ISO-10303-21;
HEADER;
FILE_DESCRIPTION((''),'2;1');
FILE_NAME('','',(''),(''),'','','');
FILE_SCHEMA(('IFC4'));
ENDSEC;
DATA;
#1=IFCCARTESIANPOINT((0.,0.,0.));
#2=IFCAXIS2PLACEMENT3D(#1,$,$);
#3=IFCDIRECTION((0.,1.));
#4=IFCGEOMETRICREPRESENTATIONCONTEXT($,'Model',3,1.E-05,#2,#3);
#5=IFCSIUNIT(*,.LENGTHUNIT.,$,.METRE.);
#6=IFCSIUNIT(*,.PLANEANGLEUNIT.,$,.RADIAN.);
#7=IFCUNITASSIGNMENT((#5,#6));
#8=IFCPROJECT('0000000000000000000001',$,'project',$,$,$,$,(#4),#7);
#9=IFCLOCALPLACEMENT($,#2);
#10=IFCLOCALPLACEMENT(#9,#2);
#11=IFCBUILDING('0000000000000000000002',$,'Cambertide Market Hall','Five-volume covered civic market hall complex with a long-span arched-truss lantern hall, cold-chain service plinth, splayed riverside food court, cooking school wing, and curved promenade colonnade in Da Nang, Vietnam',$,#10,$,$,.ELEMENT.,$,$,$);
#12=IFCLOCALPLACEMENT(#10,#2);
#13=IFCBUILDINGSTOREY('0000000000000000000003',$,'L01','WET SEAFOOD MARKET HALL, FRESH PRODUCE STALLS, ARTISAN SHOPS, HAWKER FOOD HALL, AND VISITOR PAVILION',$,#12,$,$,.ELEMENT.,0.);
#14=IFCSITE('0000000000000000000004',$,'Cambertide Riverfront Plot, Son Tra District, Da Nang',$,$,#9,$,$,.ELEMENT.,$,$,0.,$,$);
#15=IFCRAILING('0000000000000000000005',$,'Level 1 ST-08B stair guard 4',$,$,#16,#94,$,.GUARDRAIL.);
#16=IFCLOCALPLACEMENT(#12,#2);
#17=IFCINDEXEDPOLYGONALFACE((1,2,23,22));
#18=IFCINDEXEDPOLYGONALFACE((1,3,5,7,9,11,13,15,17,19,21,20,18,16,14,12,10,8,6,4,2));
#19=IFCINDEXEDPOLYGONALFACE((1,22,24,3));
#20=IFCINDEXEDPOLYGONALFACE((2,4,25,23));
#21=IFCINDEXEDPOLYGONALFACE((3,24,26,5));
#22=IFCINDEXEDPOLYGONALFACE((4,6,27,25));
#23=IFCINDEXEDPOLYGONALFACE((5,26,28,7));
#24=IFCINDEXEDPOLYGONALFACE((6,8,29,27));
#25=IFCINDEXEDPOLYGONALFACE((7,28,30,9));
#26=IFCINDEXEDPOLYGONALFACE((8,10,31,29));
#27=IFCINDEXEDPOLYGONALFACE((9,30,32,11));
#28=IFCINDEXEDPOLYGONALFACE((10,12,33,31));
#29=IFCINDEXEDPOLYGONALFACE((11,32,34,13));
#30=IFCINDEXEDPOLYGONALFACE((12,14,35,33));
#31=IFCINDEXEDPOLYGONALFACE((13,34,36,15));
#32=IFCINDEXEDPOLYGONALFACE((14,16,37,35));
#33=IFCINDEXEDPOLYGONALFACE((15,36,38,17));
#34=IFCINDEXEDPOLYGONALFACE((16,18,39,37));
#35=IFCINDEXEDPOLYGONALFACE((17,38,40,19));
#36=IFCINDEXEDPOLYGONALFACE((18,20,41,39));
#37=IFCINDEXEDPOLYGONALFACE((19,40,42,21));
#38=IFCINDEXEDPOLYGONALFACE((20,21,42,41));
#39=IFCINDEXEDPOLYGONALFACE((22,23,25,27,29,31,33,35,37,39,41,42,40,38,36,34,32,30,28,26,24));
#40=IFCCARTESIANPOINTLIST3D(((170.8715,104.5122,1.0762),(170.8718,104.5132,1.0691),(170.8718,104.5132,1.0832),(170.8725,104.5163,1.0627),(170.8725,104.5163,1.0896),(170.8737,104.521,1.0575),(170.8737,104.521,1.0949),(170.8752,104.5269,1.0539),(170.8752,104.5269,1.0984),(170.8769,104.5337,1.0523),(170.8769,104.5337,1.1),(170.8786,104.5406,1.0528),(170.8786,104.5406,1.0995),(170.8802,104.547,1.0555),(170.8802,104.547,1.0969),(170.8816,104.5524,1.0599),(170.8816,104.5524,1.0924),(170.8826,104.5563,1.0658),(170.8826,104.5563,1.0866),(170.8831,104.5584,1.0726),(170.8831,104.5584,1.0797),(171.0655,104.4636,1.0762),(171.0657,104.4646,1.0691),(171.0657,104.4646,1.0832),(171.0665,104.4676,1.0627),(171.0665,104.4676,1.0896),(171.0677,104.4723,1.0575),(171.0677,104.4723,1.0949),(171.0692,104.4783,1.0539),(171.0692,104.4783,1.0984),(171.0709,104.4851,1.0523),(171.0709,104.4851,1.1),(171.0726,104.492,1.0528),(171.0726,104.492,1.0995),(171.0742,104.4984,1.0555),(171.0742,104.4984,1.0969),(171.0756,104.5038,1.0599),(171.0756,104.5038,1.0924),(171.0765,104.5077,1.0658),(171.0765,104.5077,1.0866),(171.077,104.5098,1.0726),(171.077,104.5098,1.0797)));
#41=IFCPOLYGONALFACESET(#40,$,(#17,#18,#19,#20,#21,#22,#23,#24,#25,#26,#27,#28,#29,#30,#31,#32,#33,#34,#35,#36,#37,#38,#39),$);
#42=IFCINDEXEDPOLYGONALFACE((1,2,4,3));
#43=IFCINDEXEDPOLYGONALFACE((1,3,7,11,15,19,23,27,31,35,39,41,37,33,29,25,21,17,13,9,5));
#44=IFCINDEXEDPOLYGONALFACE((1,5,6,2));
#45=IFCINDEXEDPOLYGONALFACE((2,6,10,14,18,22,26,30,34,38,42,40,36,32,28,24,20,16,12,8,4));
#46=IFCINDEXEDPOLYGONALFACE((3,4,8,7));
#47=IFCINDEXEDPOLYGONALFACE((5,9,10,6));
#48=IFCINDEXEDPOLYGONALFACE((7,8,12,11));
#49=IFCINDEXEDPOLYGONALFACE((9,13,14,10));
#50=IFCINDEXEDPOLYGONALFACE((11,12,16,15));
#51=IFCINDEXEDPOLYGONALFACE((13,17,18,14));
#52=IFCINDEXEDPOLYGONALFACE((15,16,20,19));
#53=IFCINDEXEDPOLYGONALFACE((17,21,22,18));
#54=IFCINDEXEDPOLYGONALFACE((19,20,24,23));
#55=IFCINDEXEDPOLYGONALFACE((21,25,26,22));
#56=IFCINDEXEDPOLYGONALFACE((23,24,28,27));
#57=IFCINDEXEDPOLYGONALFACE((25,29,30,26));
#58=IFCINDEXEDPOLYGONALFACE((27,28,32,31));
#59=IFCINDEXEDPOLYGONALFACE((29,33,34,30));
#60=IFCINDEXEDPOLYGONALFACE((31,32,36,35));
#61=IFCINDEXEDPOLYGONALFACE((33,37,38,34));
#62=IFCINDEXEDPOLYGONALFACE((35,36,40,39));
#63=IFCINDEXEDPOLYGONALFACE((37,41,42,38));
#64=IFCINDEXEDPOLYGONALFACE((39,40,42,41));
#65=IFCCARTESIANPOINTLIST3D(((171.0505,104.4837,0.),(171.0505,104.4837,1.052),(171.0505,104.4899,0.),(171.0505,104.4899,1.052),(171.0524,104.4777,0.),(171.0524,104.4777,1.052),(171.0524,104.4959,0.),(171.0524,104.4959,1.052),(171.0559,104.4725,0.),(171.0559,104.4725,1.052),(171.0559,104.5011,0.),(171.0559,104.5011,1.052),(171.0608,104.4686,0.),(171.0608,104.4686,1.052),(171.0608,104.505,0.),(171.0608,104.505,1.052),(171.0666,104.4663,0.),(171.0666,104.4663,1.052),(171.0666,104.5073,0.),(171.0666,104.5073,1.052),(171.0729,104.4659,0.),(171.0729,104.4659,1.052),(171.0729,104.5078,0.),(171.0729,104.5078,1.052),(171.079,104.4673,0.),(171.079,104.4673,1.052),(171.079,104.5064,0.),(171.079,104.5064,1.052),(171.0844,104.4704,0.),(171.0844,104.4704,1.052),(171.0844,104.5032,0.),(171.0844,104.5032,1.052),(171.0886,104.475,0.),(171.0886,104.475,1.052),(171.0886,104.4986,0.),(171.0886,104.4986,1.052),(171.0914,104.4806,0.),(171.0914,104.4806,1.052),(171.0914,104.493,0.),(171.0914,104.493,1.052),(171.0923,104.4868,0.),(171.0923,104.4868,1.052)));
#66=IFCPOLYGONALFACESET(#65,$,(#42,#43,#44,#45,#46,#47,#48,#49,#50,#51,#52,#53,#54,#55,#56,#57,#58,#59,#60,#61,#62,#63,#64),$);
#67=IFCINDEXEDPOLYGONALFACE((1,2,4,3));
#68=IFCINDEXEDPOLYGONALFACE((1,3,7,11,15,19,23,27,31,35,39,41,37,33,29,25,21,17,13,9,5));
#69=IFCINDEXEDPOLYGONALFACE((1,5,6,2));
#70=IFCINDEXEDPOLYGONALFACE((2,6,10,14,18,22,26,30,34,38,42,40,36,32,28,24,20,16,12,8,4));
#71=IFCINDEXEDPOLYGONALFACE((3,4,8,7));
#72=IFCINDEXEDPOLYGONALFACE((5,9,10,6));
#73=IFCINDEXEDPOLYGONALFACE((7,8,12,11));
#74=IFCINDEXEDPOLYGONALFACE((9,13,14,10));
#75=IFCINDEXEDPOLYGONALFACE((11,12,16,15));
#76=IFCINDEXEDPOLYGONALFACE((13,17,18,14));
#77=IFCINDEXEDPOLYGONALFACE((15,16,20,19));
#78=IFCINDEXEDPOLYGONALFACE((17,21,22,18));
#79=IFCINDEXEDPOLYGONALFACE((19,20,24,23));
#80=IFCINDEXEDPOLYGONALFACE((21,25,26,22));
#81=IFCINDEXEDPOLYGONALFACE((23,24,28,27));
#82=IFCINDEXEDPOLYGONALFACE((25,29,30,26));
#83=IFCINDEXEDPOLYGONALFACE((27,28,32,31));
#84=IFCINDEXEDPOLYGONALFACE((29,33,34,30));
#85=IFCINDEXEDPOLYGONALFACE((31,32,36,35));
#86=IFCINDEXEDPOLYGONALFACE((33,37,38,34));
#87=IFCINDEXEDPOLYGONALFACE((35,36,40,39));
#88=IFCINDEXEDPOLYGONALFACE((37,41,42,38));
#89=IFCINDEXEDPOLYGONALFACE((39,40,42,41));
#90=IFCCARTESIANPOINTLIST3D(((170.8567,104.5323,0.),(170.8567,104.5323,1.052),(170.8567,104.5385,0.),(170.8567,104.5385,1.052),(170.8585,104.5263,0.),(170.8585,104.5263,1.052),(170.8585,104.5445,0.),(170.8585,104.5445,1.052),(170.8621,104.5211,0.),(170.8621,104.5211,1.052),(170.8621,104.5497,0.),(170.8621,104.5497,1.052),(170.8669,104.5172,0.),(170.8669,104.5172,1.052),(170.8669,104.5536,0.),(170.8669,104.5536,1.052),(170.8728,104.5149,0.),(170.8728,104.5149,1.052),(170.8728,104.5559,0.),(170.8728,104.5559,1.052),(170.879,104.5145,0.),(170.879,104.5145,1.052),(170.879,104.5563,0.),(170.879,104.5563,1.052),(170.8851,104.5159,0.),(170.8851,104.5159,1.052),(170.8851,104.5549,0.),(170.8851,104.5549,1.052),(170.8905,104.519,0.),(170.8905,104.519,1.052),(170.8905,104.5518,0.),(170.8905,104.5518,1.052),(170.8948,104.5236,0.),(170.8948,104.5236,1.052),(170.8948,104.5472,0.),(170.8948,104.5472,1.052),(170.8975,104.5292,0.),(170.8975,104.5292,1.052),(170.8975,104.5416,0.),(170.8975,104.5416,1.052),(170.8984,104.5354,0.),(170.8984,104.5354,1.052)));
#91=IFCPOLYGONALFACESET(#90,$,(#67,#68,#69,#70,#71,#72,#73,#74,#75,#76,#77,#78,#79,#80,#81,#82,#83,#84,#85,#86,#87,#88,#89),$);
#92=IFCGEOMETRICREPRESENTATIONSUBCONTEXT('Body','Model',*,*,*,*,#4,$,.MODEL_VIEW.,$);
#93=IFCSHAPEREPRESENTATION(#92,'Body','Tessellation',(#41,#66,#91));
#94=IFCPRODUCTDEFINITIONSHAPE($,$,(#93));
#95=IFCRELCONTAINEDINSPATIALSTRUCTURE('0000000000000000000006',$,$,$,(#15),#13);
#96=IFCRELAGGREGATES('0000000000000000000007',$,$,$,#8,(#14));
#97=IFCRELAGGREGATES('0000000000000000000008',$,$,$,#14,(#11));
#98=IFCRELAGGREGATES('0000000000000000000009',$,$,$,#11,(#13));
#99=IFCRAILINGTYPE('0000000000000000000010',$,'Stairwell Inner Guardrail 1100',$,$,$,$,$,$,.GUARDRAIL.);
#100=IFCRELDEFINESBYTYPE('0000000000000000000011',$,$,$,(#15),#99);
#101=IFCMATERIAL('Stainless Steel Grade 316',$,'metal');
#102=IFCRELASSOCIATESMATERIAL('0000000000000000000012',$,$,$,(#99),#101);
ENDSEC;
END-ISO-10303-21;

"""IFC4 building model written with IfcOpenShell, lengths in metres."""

from ifc_helpers import new_model, si_unit, direction, frame, origin, origin_2d, place, context, subcontext, project, spatial, circle, extrude, material, type_object, element, save


model = new_model("IFC4")

# Units and contexts
model_context = context("Model", 3, precision=1e-05, world=origin(), true_north=direction((0.0, 1.0)))
body_context = subcontext(model_context, "Body", "Model", "MODEL_VIEW")
ifc_project = project(units=[si_unit("LENGTHUNIT", "METRE"), si_unit("PLANEANGLEUNIT", "RADIAN")], contexts=[model_context])

# Site, building, storey
site_placement = place(None, origin())
site = spatial("IfcSite", under=ifc_project, at=site_placement, Name="Cambertide Riverfront Plot, Son Tra District, Da Nang", CompositionType="ELEMENT", RefElevation=0.0)
building_placement = place(site_placement, origin())
building = spatial("IfcBuilding", under=site, at=building_placement, Name="Cambertide Market Hall", Description="Five-volume covered civic market hall complex with a long-span arched-truss lantern hall, cold-chain service plinth, splayed riverside food court, cooking school wing, and curved promenade colonnade in Da Nang, Vietnam", CompositionType="ELEMENT")
storey_placement = place(building_placement, origin())
storey = spatial("IfcBuildingStorey", under=building, at=storey_placement, Name="L01", Description="WET SEAFOOD MARKET HALL, FRESH PRODUCE STALLS, ARTISAN SHOPS, HAWKER FOOD HALL, AND VISITOR PAVILION", CompositionType="ELEMENT", Elevation=0.0)

# Railing
ifc_material_1 = material(Name="Stainless Steel Grade 316", Category="metal")
railing_type_1 = type_object("IfcRailingType", Name="Stairwell Inner Guardrail 1100", PredefinedType="GUARDRAIL", material=ifc_material_1)
railing_1_placement = place(storey_placement, frame((171.0713, 104.4868, 0.0)))
element("IfcRailing", 1, at=railing_1_placement, inside=storey, type_object=railing_type_1, Name="Level 1 ST-08B stair guard 4", PredefinedType="GUARDRAIL", context=body_context, shape_type="SweptSolid", body=[
    extrude(circle(Radius=0.0239, at=origin_2d()), frame((0.0, 0.0, 1.0762), z_axis=(-0.969999, 0.24311, 0.0), x_axis=(-0.24311, -0.969999, 0.0)), (0.0, 0.0, 1.0), 0.2),
    extrude(circle(Radius=0.021, at=origin_2d()), origin(), (0.0, 0.0, 1.0), 1.052),
    extrude(circle(Radius=0.021, at=origin_2d()), frame((-0.1938, 0.0486, 0.0)), (0.0, 0.0, 1.0), 1.052),
])

save(model, "model.ifc")
